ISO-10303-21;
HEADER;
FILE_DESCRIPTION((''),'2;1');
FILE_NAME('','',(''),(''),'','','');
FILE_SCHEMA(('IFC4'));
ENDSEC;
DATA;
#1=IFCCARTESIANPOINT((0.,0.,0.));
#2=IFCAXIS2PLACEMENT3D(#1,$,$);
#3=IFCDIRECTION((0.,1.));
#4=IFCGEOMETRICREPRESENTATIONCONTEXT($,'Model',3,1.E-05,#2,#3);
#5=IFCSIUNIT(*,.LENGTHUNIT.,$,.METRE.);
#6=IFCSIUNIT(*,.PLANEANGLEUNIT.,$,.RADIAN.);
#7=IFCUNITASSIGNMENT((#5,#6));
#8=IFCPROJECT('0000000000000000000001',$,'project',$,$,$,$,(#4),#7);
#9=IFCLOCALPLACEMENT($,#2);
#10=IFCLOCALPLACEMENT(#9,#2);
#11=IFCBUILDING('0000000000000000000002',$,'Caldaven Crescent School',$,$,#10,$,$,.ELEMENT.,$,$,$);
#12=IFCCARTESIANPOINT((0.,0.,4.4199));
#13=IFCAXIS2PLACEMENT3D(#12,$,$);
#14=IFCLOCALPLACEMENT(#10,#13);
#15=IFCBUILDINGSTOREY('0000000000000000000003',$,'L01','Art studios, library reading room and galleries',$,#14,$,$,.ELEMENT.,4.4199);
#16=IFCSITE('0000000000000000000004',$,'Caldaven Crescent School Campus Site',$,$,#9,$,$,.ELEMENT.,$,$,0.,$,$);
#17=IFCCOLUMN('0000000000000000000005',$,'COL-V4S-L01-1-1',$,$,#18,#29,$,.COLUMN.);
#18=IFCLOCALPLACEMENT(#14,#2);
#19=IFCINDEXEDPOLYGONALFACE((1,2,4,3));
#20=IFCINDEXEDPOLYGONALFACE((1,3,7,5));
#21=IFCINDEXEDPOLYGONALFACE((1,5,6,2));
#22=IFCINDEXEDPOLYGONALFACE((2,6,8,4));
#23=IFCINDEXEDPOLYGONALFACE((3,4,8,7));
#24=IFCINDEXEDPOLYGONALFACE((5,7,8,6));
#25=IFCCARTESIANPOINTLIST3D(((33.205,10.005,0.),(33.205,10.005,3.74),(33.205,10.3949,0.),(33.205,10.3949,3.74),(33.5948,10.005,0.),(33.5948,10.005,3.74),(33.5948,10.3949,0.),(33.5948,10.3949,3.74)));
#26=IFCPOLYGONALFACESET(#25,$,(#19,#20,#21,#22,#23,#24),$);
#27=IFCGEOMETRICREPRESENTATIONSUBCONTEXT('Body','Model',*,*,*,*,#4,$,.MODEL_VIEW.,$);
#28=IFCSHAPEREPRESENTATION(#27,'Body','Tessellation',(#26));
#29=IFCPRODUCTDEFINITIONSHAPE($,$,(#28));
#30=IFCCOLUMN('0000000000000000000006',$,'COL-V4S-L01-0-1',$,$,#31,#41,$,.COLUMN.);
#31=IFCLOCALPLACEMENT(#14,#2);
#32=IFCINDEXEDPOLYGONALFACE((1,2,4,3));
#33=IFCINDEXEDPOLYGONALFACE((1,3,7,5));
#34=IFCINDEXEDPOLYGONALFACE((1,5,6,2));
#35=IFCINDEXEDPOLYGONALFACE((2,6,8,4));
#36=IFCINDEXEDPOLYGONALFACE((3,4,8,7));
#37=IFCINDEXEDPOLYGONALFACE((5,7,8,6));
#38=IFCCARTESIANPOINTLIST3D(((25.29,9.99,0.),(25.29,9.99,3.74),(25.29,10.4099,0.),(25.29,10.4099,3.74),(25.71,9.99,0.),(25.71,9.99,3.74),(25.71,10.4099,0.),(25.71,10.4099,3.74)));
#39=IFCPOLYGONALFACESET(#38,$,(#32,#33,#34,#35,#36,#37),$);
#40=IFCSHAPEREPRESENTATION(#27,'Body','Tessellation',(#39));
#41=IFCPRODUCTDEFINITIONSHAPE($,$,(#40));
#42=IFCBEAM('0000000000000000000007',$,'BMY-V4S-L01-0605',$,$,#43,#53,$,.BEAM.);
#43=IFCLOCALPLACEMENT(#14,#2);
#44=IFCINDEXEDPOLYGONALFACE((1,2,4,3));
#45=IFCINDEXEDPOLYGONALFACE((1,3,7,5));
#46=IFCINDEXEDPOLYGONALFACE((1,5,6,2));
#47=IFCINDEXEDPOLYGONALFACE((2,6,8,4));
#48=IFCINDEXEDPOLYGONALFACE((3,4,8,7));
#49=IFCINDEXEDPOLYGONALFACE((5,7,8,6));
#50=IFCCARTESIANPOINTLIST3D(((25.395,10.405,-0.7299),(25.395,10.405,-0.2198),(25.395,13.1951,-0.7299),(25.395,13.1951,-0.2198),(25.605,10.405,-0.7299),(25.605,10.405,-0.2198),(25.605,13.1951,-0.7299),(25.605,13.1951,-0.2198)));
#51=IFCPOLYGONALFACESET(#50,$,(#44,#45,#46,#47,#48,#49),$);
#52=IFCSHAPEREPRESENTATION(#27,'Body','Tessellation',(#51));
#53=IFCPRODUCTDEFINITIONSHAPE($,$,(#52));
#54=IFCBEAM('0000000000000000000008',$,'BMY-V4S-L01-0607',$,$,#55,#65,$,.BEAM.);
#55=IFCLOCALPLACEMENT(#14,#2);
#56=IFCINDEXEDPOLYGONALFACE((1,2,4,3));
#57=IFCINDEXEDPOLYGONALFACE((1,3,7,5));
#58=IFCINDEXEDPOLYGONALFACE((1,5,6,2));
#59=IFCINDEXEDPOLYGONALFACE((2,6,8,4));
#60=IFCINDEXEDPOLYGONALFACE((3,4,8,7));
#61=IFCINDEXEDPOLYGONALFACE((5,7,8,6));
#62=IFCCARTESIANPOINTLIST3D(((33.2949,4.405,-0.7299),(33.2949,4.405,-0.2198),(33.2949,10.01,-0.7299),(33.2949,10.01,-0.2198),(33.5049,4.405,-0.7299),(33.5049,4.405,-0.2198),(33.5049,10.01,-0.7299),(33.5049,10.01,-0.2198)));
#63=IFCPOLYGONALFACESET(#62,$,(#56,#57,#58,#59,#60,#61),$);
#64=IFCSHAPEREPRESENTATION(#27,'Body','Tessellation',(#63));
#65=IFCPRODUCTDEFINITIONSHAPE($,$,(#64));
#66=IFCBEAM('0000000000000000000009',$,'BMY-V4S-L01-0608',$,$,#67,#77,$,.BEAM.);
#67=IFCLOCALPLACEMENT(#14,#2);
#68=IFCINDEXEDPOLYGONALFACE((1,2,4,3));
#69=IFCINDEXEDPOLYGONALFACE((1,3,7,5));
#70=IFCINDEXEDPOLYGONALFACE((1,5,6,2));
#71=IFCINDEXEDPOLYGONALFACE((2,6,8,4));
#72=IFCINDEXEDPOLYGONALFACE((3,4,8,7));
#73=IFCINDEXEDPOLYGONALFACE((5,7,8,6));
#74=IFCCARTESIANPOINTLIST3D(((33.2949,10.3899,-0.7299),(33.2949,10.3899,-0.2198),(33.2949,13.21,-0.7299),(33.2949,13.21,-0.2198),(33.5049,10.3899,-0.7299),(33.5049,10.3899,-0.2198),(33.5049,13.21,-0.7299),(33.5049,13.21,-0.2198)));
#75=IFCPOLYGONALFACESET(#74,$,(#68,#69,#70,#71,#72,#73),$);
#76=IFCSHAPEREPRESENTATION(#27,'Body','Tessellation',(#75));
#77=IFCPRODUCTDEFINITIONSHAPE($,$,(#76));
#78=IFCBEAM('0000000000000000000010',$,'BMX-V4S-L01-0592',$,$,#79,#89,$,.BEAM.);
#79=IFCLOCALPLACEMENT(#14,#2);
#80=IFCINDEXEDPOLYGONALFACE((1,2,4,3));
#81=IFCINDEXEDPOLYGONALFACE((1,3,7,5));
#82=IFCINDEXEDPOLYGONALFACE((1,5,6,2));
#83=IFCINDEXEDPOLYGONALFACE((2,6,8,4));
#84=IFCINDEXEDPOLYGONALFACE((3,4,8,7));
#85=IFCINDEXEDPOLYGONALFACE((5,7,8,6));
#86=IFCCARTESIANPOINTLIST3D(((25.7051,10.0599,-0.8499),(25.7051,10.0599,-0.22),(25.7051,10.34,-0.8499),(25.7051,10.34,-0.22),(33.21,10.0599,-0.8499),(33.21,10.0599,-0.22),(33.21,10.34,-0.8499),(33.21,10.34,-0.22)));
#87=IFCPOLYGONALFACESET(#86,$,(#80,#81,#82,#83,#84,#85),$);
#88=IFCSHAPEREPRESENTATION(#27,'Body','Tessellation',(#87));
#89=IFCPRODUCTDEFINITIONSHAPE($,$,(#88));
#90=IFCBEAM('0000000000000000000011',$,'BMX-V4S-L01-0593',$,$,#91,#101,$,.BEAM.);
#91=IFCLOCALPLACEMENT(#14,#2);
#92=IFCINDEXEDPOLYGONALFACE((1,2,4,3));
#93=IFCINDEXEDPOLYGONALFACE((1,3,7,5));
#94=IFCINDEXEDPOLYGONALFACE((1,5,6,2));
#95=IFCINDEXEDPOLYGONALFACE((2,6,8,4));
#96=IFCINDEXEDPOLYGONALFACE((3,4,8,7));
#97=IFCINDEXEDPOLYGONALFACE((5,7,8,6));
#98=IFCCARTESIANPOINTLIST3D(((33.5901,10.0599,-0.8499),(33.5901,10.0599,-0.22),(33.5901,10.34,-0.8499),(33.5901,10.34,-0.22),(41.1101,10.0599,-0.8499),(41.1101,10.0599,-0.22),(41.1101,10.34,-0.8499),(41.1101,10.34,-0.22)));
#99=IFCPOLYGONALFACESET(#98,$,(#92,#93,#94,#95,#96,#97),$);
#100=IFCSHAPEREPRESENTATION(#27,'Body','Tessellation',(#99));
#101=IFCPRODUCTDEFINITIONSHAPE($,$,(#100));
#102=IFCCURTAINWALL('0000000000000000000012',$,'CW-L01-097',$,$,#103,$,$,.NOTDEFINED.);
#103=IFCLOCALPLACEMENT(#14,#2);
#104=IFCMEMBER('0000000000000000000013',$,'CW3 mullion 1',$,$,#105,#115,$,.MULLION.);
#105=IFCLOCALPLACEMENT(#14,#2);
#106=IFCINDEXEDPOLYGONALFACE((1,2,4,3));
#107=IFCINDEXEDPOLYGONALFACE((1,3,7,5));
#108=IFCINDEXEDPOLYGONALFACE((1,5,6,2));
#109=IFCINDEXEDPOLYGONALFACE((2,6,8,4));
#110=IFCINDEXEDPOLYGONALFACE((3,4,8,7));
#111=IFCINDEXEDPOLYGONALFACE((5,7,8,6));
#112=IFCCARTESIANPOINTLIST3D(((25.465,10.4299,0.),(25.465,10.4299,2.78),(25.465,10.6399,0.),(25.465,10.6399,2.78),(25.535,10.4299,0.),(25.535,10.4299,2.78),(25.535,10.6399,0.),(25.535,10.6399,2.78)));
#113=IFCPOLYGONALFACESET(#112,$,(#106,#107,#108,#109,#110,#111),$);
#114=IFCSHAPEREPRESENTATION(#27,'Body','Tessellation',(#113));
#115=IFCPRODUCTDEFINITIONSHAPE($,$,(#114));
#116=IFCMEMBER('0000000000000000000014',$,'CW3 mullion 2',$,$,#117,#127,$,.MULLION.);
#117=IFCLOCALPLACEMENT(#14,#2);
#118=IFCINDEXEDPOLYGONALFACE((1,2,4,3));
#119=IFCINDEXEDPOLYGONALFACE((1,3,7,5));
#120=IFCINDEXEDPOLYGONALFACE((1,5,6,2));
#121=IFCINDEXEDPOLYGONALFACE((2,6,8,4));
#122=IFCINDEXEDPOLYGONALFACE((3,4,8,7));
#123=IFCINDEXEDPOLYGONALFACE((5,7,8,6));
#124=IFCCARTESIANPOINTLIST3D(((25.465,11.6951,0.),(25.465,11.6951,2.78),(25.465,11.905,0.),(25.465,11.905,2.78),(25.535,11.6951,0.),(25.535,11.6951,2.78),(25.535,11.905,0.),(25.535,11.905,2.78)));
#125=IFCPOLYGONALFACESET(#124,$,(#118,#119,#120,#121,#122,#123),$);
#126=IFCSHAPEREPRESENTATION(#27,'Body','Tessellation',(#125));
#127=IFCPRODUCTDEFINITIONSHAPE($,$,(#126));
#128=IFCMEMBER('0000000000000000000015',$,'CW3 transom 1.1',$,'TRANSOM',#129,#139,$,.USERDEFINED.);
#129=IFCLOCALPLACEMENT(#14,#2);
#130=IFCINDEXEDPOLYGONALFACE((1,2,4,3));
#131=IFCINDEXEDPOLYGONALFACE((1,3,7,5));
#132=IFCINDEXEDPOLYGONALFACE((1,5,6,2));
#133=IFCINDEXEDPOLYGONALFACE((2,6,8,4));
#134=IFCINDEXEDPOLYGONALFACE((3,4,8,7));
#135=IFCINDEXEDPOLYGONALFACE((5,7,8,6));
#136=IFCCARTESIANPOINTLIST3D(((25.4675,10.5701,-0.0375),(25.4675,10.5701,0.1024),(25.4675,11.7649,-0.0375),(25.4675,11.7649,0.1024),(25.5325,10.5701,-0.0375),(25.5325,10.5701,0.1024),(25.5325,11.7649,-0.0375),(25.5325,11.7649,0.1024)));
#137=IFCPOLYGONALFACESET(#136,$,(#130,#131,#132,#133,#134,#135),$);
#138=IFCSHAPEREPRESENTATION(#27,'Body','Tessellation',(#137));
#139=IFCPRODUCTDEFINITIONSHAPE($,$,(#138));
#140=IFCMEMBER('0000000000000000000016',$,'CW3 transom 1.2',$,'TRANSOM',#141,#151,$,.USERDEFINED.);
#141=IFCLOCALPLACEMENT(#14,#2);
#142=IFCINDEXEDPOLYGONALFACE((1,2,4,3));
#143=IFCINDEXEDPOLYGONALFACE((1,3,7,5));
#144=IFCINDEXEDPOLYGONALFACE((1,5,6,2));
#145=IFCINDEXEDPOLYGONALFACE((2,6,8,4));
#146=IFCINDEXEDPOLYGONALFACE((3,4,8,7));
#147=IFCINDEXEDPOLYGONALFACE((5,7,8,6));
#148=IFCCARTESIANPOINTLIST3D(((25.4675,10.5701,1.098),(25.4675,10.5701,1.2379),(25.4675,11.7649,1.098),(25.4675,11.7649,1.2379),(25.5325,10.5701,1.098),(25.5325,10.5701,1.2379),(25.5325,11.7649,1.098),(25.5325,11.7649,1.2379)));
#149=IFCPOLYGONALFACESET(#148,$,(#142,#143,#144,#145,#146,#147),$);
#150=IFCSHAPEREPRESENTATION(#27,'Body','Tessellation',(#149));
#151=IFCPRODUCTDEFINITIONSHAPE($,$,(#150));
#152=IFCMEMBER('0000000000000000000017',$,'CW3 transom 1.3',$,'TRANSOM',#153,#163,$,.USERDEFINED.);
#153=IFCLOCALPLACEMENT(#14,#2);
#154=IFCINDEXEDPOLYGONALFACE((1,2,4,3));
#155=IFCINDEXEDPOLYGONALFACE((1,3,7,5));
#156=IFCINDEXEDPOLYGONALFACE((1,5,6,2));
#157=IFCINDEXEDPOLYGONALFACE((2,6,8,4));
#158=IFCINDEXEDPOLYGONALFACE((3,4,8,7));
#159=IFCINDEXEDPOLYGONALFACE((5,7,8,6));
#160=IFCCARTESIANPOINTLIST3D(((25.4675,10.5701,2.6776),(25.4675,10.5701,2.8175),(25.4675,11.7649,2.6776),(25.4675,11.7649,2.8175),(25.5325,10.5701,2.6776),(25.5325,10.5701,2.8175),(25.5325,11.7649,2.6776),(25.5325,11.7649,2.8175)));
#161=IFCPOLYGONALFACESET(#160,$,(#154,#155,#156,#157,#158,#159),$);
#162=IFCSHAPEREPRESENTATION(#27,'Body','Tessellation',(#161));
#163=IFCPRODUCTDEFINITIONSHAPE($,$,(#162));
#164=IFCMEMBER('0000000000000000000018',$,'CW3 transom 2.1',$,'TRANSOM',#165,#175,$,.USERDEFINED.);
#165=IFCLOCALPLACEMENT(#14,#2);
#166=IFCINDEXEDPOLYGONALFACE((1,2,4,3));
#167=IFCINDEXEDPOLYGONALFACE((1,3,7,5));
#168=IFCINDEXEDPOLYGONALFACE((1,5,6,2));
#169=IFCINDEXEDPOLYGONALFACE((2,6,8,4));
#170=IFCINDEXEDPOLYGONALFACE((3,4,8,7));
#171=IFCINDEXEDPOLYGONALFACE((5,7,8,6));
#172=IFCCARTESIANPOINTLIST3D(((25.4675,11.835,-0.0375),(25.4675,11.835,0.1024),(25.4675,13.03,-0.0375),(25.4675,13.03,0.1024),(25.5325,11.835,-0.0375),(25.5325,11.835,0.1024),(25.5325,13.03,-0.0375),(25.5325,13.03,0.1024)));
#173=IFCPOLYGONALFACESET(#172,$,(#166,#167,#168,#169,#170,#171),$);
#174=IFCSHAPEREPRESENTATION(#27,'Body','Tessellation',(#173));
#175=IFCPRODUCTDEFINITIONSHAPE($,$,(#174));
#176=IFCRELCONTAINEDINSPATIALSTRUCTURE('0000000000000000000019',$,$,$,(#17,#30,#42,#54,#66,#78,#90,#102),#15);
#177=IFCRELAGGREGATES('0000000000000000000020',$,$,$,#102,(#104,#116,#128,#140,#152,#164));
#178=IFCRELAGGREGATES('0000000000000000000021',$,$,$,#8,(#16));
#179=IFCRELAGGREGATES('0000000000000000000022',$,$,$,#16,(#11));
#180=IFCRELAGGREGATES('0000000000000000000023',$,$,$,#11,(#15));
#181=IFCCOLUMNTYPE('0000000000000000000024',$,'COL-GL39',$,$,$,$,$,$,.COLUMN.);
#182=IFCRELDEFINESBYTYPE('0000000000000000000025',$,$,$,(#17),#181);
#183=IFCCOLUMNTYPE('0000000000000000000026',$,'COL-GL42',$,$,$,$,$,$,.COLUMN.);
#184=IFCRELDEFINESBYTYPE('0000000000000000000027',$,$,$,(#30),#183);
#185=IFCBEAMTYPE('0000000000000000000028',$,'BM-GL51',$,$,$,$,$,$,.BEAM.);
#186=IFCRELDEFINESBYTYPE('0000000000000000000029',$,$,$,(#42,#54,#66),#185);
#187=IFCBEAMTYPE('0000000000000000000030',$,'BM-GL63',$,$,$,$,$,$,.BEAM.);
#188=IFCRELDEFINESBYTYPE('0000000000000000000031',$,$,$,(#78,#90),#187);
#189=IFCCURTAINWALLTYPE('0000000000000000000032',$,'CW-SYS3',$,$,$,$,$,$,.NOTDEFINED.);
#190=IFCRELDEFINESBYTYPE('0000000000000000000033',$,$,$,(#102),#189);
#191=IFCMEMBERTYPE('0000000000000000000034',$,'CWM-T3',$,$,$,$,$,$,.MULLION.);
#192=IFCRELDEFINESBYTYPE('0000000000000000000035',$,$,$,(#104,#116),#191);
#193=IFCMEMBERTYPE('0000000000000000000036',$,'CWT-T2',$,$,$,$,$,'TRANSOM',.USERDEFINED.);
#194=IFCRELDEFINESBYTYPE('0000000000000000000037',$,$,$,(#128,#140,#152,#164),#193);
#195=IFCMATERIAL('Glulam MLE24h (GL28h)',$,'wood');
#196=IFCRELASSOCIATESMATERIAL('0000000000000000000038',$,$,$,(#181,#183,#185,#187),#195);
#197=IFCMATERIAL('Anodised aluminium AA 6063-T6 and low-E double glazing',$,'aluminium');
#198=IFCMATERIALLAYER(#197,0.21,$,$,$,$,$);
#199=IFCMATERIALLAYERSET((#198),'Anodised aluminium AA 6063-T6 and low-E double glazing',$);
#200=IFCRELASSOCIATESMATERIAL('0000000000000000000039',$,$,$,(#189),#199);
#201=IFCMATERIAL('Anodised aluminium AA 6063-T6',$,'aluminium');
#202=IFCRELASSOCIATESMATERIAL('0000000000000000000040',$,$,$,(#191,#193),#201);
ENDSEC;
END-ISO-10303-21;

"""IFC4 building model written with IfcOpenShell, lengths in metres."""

from ifc_helpers import new_model, si_unit, direction, frame, origin, origin_2d, place, context, subcontext, project, spatial, rectangle, extrude, material, layer, layer_set, material_profile, profile_set, type_object, element, aggregate, save


model = new_model("IFC4")

# Units and contexts
model_context = context("Model", 3, precision=1e-05, world=origin(), true_north=direction((0.0, 1.0)))
body_context = subcontext(model_context, "Body", "Model", "MODEL_VIEW")
ifc_project = project(units=[si_unit("LENGTHUNIT", "METRE"), si_unit("PLANEANGLEUNIT", "RADIAN")], contexts=[model_context])

# Site, building, storey
site_placement = place(None, origin())
site = spatial("IfcSite", under=ifc_project, at=site_placement, Name="Caldaven Crescent School Campus Site", CompositionType="ELEMENT", RefElevation=0.0)
building_placement = place(site_placement, origin())
building = spatial("IfcBuilding", under=site, at=building_placement, Name="Caldaven Crescent School", CompositionType="ELEMENT")
storey_placement = place(building_placement, frame((0.0, 0.0, 4.4199)))
storey = spatial("IfcBuildingStorey", under=building, at=storey_placement, Name="L01", Description="Art studios, library reading room and galleries", CompositionType="ELEMENT", Elevation=4.4199)

# Columns
ifc_material_1 = material(Name="Glulam MLE24h (GL28h)", Category="wood")
ifc_material_profile_1 = material_profile(ifc_material_1, rectangle(XDim=0.3899, YDim=0.3899, at=origin_2d()), Name="MLE 390x390")
ifc_profile_set_1 = profile_set([ifc_material_profile_1], Name="Glulam MLE24h (GL28h)")
column_type_1 = type_object("IfcColumnType", Name="COL-GL39", PredefinedType="COLUMN", material=ifc_profile_set_1)
column_1_placement = place(storey_placement, frame((33.3999, 10.2, 0.0), z_axis=(0.0, 0.0, 1.0), x_axis=(1.0, 0.0, 0.0)))
element("IfcColumn", 1, at=column_1_placement, inside=storey, type_object=column_type_1, Name="COL-V4S-L01-1-1", PredefinedType="COLUMN", context=body_context, shape_type="SweptSolid", body=[
    extrude(rectangle(XDim=0.3899, YDim=0.3899, at=origin_2d()), origin(), (0.0, 0.0, 1.0), 3.74),
])
ifc_material_profile_2 = material_profile(ifc_material_1, rectangle(XDim=0.4199, YDim=0.4199, at=origin_2d()), Name="MLE 420x420")
ifc_profile_set_2 = profile_set([ifc_material_profile_2], Name="Glulam MLE24h (GL28h)")
column_type_2 = type_object("IfcColumnType", Name="COL-GL42", PredefinedType="COLUMN", material=ifc_profile_set_2)
column_2_placement = place(storey_placement, frame((25.5, 10.2, 0.0), z_axis=(0.0, 0.0, 1.0), x_axis=(1.0, 0.0, 0.0)))
element("IfcColumn", 2, at=column_2_placement, inside=storey, type_object=column_type_2, Name="COL-V4S-L01-0-1", PredefinedType="COLUMN", context=body_context, shape_type="SweptSolid", body=[
    extrude(rectangle(XDim=0.4199, YDim=0.4199, at=origin_2d()), origin(), (0.0, 0.0, 1.0), 3.74),
])

# Beams
ifc_material_profile_3 = material_profile(ifc_material_1, rectangle(XDim=0.21, YDim=0.51, at=origin_2d()), Name="MLE 210x510")
ifc_profile_set_3 = profile_set([ifc_material_profile_3], Name="Glulam MLE24h (GL28h)")
beam_type_1 = type_object("IfcBeamType", Name="BM-GL51", PredefinedType="BEAM", material=ifc_profile_set_3)
beam_1_placement = place(storey_placement, frame((25.5, 10.405, -0.4749), z_axis=(0.0, 1.0, 0.0), x_axis=(-1.0, 0.0, 0.0)))
element("IfcBeam", 3, at=beam_1_placement, inside=storey, type_object=beam_type_1, Name="BMY-V4S-L01-0605", PredefinedType="BEAM", context=body_context, shape_type="SweptSolid", body=[
    extrude(rectangle(XDim=0.21, YDim=0.51, at=origin_2d()), origin(), (0.0, 0.0, 1.0), 2.79),
])
beam_2_placement = place(storey_placement, frame((33.3999, 4.405, -0.4749), z_axis=(0.0, 1.0, 0.0), x_axis=(-1.0, 0.0, 0.0)))
element("IfcBeam", 4, at=beam_2_placement, inside=storey, type_object=beam_type_1, Name="BMY-V4S-L01-0607", PredefinedType="BEAM", context=body_context, shape_type="SweptSolid", body=[
    extrude(rectangle(XDim=0.21, YDim=0.51, at=origin_2d()), origin(), (0.0, 0.0, 1.0), 5.605),
])
beam_3_placement = place(storey_placement, frame((33.3999, 10.3899, -0.4749), z_axis=(0.0, 1.0, 0.0), x_axis=(-1.0, 0.0, 0.0)))
element("IfcBeam", 5, at=beam_3_placement, inside=storey, type_object=beam_type_1, Name="BMY-V4S-L01-0608", PredefinedType="BEAM", context=body_context, shape_type="SweptSolid", body=[
    extrude(rectangle(XDim=0.21, YDim=0.51, at=origin_2d()), origin(), (0.0, 0.0, 1.0), 2.8201),
])
ifc_material_profile_4 = material_profile(ifc_material_1, rectangle(XDim=0.28, YDim=0.6299, at=origin_2d()), Name="MLE 280x630")
ifc_profile_set_4 = profile_set([ifc_material_profile_4], Name="Glulam MLE24h (GL28h)")
beam_type_2 = type_object("IfcBeamType", Name="BM-GL63", PredefinedType="BEAM", material=ifc_profile_set_4)
beam_4_placement = place(storey_placement, frame((25.7051, 10.2, -0.5349), z_axis=(1.0, 0.0, 0.0), x_axis=(0.0, 1.0, 0.0)))
element("IfcBeam", 6, at=beam_4_placement, inside=storey, type_object=beam_type_2, Name="BMX-V4S-L01-0592", PredefinedType="BEAM", context=body_context, shape_type="SweptSolid", body=[
    extrude(rectangle(XDim=0.28, YDim=0.6299, at=origin_2d()), origin(), (0.0, 0.0, 1.0), 7.5049),
])
beam_5_placement = place(storey_placement, frame((33.5901, 10.2, -0.5349), z_axis=(1.0, 0.0, 0.0), x_axis=(0.0, 1.0, 0.0)))
element("IfcBeam", 7, at=beam_5_placement, inside=storey, type_object=beam_type_2, Name="BMX-V4S-L01-0593", PredefinedType="BEAM", context=body_context, shape_type="SweptSolid", body=[
    extrude(rectangle(XDim=0.28, YDim=0.6299, at=origin_2d()), origin(), (0.0, 0.0, 1.0), 7.52),
])

# Curtain wall, members
ifc_material_2 = material(Name="Anodised aluminium AA 6063-T6 and low-E double glazing", Category="aluminium")
ifc_layer_1 = layer(ifc_material_2, 0.21)
ifc_layer_set_1 = layer_set([ifc_layer_1], Name="Anodised aluminium AA 6063-T6 and low-E double glazing")
curtain_wall_type = type_object("IfcCurtainWallType", Name="CW-SYS3", PredefinedType="NOTDEFINED", material=ifc_layer_set_1)
curtain_wall_placement = place(storey_placement, origin())
curtain_wall = element("IfcCurtainWall", 8, at=curtain_wall_placement, inside=storey, type_object=curtain_wall_type, Name="CW-L01-097", PredefinedType="NOTDEFINED")
ifc_material_3 = material(Name="Anodised aluminium AA 6063-T6", Category="aluminium")
ifc_material_profile_5 = material_profile(ifc_material_3, rectangle(XDim=0.0701, YDim=0.21, at=origin_2d()), Name="CWM 70x210")
ifc_profile_set_5 = profile_set([ifc_material_profile_5], Name="Anodised aluminium AA 6063-T6")
member_type_1 = type_object("IfcMemberType", Name="CWM-T3", PredefinedType="MULLION", material=ifc_profile_set_5)
member_1_placement = place(storey_placement, frame((25.5, 10.5349, 0.0), z_axis=(0.0, 0.0, 1.0), x_axis=(-1.0, 0.0, 0.0)))
member_1 = element("IfcMember", 9, at=member_1_placement, type_object=member_type_1, Name="CW3 mullion 1", PredefinedType="MULLION", context=body_context, shape_type="SweptSolid", body=[
    extrude(rectangle(XDim=0.0701, YDim=0.21, at=origin_2d()), origin(), (0.0, 0.0, 1.0), 2.78),
])
member_2_placement = place(storey_placement, frame((25.5, 11.8, 0.0), z_axis=(0.0, 0.0, 1.0), x_axis=(-1.0, 0.0, 0.0)))
member_2 = element("IfcMember", 10, at=member_2_placement, type_object=member_type_1, Name="CW3 mullion 2", PredefinedType="MULLION", context=body_context, shape_type="SweptSolid", body=[
    extrude(rectangle(XDim=0.0701, YDim=0.21, at=origin_2d()), origin(), (0.0, 0.0, 1.0), 2.78),
])
ifc_material_profile_6 = material_profile(ifc_material_3, rectangle(XDim=0.0649, YDim=0.1399, at=origin_2d()), Name="CWT 65x140")
ifc_profile_set_6 = profile_set([ifc_material_profile_6], Name="Anodised aluminium AA 6063-T6")
member_type_2 = type_object("IfcMemberType", Name="CWT-T2", ElementType="TRANSOM", PredefinedType="USERDEFINED", material=ifc_profile_set_6)
member_3_placement = place(storey_placement, frame((25.5, 10.5701, 0.0325), z_axis=(0.0, 1.0, 0.0), x_axis=(-1.0, 0.0, 0.0)))
member_3 = element("IfcMember", 11, at=member_3_placement, type_object=member_type_2, Name="CW3 transom 1.1", ObjectType="TRANSOM", PredefinedType="USERDEFINED", context=body_context, shape_type="SweptSolid", body=[
    extrude(rectangle(XDim=0.0649, YDim=0.1399, at=origin_2d()), origin(), (0.0, 0.0, 1.0), 1.1948),
])
member_4_placement = place(storey_placement, frame((25.5, 10.5701, 1.168), z_axis=(0.0, 1.0, 0.0), x_axis=(-1.0, 0.0, 0.0)))
member_4 = element("IfcMember", 12, at=member_4_placement, type_object=member_type_2, Name="CW3 transom 1.2", ObjectType="TRANSOM", PredefinedType="USERDEFINED", context=body_context, shape_type="SweptSolid", body=[
    extrude(rectangle(XDim=0.0649, YDim=0.1399, at=origin_2d()), origin(), (0.0, 0.0, 1.0), 1.1948),
])
member_5_placement = place(storey_placement, frame((25.5, 10.5701, 2.7476), z_axis=(0.0, 1.0, 0.0), x_axis=(-1.0, 0.0, 0.0)))
member_5 = element("IfcMember", 13, at=member_5_placement, type_object=member_type_2, Name="CW3 transom 1.3", ObjectType="TRANSOM", PredefinedType="USERDEFINED", context=body_context, shape_type="SweptSolid", body=[
    extrude(rectangle(XDim=0.0649, YDim=0.1399, at=origin_2d()), origin(), (0.0, 0.0, 1.0), 1.1948),
])
member_6_placement = place(storey_placement, frame((25.5, 11.835, 0.0325), z_axis=(0.0, 1.0, 0.0), x_axis=(-1.0, 0.0, 0.0)))
member_6 = element("IfcMember", 14, at=member_6_placement, type_object=member_type_2, Name="CW3 transom 2.1", ObjectType="TRANSOM", PredefinedType="USERDEFINED", context=body_context, shape_type="SweptSolid", body=[
    extrude(rectangle(XDim=0.0649, YDim=0.1399, at=origin_2d()), origin(), (0.0, 0.0, 1.0), 1.1951),
])

aggregate(curtain_wall, [member_1, member_2, member_3, member_4, member_5, member_6])

save(model, "model.ifc")
